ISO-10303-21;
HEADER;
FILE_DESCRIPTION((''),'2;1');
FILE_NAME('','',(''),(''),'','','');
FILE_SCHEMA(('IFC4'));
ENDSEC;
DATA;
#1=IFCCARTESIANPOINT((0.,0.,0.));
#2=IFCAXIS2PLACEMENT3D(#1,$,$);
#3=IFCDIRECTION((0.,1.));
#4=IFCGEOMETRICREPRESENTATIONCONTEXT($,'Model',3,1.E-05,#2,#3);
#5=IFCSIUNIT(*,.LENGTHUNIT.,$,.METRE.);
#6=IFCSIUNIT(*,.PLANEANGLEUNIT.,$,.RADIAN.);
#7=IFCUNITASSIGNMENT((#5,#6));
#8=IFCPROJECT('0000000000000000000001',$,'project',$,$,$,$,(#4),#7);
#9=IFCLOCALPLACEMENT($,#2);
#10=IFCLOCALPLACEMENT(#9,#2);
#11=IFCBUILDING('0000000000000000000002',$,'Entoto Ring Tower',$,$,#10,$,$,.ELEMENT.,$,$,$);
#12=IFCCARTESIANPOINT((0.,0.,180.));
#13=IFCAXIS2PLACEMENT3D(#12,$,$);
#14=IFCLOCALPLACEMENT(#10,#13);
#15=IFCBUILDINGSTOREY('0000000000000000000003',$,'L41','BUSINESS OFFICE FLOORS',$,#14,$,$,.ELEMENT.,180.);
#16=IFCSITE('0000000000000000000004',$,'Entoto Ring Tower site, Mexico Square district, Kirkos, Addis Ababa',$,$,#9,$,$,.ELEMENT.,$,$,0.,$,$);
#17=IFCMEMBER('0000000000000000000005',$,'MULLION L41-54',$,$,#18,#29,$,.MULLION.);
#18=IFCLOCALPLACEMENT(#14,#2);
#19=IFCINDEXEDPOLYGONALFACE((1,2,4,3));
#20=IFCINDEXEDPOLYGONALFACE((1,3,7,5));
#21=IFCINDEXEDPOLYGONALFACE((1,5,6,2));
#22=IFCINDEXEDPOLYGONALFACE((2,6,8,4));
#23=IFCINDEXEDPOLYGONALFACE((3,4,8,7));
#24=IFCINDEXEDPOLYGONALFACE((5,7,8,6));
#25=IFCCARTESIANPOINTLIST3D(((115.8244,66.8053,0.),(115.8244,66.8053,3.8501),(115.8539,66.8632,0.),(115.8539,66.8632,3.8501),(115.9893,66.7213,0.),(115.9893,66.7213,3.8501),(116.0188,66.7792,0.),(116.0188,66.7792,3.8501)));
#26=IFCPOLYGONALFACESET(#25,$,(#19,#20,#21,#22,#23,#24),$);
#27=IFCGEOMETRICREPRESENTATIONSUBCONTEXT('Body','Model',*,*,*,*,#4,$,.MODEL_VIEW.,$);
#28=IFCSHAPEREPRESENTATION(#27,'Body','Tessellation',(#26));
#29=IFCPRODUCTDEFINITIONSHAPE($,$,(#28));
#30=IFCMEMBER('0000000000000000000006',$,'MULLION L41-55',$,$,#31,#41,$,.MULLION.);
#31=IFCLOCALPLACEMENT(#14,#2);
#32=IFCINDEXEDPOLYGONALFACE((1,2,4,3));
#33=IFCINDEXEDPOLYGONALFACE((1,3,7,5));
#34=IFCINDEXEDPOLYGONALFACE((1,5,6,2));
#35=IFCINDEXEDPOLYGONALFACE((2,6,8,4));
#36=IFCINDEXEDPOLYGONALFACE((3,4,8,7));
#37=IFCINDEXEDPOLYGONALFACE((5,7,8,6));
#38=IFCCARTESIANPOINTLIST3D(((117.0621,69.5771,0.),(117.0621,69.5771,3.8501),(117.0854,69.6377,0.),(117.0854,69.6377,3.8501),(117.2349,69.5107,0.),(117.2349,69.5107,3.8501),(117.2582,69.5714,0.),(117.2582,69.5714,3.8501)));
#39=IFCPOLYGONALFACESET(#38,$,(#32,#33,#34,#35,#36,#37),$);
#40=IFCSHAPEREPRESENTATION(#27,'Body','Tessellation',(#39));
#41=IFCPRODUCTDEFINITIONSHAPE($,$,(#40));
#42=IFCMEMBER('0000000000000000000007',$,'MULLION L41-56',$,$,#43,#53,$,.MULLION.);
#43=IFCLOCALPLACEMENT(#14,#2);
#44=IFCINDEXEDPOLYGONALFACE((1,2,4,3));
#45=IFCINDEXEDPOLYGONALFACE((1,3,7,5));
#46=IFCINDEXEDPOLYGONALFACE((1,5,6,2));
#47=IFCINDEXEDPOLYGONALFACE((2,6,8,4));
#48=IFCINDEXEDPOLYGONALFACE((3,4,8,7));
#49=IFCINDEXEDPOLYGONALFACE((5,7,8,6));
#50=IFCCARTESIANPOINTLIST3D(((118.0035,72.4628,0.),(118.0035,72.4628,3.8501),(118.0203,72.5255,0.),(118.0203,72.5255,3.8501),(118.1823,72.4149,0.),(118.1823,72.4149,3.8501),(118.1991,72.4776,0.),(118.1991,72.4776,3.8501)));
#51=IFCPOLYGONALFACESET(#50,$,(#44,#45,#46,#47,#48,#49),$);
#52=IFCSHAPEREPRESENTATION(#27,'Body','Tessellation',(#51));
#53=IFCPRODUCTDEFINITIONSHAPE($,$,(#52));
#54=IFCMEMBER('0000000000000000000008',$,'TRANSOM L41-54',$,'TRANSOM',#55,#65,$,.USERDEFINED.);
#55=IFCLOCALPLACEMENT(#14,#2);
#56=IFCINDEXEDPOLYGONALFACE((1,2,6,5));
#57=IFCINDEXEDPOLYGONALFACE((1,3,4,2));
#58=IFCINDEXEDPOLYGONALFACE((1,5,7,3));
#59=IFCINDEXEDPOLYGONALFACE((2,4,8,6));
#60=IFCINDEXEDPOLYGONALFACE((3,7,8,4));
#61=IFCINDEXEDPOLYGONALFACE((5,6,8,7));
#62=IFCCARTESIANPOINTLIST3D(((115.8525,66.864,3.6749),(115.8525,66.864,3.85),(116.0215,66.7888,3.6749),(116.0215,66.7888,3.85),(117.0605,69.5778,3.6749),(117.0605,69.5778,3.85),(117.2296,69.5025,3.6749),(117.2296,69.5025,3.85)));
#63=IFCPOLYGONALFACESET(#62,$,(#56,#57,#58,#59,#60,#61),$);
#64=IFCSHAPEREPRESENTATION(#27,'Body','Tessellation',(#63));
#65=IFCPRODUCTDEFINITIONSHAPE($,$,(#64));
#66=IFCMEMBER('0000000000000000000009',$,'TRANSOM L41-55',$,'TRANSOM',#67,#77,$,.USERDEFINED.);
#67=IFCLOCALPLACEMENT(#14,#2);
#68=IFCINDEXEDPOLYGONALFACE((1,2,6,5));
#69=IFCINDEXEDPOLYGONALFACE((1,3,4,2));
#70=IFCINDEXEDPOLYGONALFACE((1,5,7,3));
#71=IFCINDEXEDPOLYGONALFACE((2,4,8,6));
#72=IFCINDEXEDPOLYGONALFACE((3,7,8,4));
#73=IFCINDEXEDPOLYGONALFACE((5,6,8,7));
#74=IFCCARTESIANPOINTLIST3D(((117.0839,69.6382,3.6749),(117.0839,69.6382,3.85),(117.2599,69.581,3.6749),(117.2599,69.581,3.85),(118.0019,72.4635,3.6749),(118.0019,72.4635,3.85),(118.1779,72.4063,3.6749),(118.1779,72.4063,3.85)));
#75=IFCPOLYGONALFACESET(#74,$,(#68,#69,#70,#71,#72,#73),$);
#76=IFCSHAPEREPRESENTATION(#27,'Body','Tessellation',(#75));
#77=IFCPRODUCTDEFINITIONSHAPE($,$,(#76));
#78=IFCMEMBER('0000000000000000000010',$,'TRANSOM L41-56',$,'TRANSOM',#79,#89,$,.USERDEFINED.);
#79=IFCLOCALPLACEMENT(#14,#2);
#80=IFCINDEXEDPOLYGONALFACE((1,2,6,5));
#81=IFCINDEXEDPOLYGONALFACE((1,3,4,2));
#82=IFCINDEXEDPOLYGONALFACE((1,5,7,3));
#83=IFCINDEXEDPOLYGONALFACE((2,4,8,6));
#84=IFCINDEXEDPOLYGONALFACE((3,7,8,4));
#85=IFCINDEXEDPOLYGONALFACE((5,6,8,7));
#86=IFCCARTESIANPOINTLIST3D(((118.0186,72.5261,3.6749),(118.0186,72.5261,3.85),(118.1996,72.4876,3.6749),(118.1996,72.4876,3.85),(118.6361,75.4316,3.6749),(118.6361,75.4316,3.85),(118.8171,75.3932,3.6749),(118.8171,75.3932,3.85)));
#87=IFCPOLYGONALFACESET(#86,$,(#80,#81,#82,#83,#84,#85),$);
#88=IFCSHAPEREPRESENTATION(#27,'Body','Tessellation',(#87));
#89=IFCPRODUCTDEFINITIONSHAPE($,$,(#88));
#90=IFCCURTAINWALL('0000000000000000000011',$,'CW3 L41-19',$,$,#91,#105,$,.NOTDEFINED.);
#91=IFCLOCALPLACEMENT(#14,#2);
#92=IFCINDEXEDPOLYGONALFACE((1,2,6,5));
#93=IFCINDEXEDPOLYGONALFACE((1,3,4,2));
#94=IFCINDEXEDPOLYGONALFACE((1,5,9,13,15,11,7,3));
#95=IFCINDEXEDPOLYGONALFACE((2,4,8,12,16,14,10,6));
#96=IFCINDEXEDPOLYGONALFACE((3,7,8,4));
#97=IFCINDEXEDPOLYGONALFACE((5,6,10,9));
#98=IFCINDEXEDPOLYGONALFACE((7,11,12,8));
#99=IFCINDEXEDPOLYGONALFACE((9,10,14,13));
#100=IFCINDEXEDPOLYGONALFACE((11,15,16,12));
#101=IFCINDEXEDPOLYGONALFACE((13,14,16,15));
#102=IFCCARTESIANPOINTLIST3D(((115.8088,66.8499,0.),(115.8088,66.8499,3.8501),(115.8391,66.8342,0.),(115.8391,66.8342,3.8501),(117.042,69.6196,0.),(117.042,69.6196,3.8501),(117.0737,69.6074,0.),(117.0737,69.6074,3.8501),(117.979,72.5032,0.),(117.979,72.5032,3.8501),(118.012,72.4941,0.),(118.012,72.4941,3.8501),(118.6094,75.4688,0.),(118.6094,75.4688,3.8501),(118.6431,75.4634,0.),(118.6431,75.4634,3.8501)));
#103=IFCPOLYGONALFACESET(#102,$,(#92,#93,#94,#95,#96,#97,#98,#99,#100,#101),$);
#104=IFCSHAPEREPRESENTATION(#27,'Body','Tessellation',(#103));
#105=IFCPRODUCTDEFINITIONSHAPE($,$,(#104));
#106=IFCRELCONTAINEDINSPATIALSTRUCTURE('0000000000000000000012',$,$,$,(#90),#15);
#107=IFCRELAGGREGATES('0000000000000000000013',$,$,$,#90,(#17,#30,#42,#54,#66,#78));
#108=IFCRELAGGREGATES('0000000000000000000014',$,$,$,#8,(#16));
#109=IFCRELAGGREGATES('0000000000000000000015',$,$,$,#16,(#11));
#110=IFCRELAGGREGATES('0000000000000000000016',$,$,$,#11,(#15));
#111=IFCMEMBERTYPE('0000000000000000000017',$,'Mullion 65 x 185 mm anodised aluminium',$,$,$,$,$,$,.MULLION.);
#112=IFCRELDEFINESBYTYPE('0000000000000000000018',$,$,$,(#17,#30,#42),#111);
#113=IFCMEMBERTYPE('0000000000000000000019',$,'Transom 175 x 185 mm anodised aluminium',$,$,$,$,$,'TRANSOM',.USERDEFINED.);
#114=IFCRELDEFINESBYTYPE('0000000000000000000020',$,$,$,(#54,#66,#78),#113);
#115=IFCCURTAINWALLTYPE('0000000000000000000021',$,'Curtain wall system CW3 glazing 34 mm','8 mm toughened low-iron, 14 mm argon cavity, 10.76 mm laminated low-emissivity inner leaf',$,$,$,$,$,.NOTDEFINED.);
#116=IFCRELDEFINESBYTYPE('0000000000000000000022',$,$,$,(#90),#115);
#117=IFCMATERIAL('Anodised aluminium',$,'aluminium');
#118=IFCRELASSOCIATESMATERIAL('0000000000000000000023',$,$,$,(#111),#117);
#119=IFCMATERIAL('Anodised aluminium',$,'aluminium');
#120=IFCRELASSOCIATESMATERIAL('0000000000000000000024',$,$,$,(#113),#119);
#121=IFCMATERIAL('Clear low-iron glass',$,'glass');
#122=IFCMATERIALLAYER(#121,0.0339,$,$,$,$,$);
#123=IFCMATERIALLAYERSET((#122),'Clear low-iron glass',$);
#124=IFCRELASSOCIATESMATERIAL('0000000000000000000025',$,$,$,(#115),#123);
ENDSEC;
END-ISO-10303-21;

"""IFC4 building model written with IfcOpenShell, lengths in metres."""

from ifc_helpers import new_model, si_unit, direction, frame, origin, origin_2d, place, context, subcontext, project, spatial, polyline, rectangle, outline, extrude, material, layer, layer_set, material_profile, profile_set, type_object, element, aggregate, save


model = new_model("IFC4")

# Units and contexts
model_context = context("Model", 3, precision=1e-05, world=origin(), true_north=direction((0.0, 1.0)))
body_context = subcontext(model_context, "Body", "Model", "MODEL_VIEW")
ifc_project = project(units=[si_unit("LENGTHUNIT", "METRE"), si_unit("PLANEANGLEUNIT", "RADIAN")], contexts=[model_context])

# Members
ifc_material_1 = material(Name="Anodised aluminium", Category="aluminium")
ifc_material_profile_1 = material_profile(ifc_material_1, rectangle(XDim=0.0649, YDim=0.1851, at=origin_2d()), Name="Mullion 65 x 185 mm anodised aluminium")
ifc_profile_set_1 = profile_set([ifc_material_profile_1], Name="Anodised aluminium")
member_type_1 = type_object("IfcMemberType", Name="Mullion 65 x 185 mm anodised aluminium", PredefinedType="MULLION", material=ifc_profile_set_1)
site_placement = place(None, origin())
building_placement = place(site_placement, origin())
storey_placement = place(building_placement, frame((0.0, 0.0, 180.0)))
member_1_placement = place(storey_placement, frame((115.9216, 66.7922, 0.0), z_axis=(0.0, 0.0, 1.0), x_axis=(0.45399, 0.891007, 0.0)))
member_1 = element("IfcMember", 1, at=member_1_placement, type_object=member_type_1, Name="MULLION L41-54", PredefinedType="MULLION", context=body_context, shape_type="SweptSolid", body=[
    extrude(rectangle(XDim=0.0649, YDim=0.1851, at=origin_2d()), origin(), (0.0, 0.0, 1.0), 3.8501),
])
member_2_placement = place(storey_placement, frame((117.1602, 69.5742, 0.0), z_axis=(0.0, 0.0, 1.0), x_axis=(0.358368, 0.93358, 0.0)))
member_2 = element("IfcMember", 2, at=member_2_placement, type_object=member_type_1, Name="MULLION L41-55", PredefinedType="MULLION", context=body_context, shape_type="SweptSolid", body=[
    extrude(rectangle(XDim=0.0649, YDim=0.1851, at=origin_2d()), origin(), (0.0, 0.0, 1.0), 3.8501),
])
member_3_placement = place(storey_placement, frame((118.1013, 72.4702, 0.0), z_axis=(0.0, 0.0, 1.0), x_axis=(0.258819, 0.965926, 0.0)))
member_3 = element("IfcMember", 3, at=member_3_placement, type_object=member_type_1, Name="MULLION L41-56", PredefinedType="MULLION", context=body_context, shape_type="SweptSolid", body=[
    extrude(rectangle(XDim=0.0649, YDim=0.1851, at=origin_2d()), origin(), (0.0, 0.0, 1.0), 3.8501),
])
ifc_material_2 = material(Name="Anodised aluminium", Category="aluminium")
ifc_material_profile_2 = material_profile(ifc_material_2, rectangle(XDim=0.1851, YDim=0.175, at=origin_2d()), Name="Transom 175 x 185 mm anodised aluminium")
ifc_profile_set_2 = profile_set([ifc_material_profile_2], Name="Anodised aluminium")
member_type_2 = type_object("IfcMemberType", Name="Transom 175 x 185 mm anodised aluminium", ElementType="TRANSOM", PredefinedType="USERDEFINED", material=ifc_profile_set_2)
member_4_placement = place(storey_placement, frame((115.937, 66.8264, 3.7625), z_axis=(0.406687, 0.913567, 0.0), x_axis=(-0.913567, 0.406687, 0.0)))
member_4 = element("IfcMember", 4, at=member_4_placement, type_object=member_type_2, Name="TRANSOM L41-54", ObjectType="TRANSOM", PredefinedType="USERDEFINED", context=body_context, shape_type="SweptSolid", body=[
    extrude(rectangle(XDim=0.1851, YDim=0.175, at=origin_2d()), origin(), (0.0, 0.0, 1.0), 2.9705),
])
member_5_placement = place(storey_placement, frame((117.1719, 69.6096, 3.7625), z_axis=(0.309019, 0.951056, 0.0), x_axis=(-0.951056, 0.309019, 0.0)))
member_5 = element("IfcMember", 5, at=member_5_placement, type_object=member_type_2, Name="TRANSOM L41-55", ObjectType="TRANSOM", PredefinedType="USERDEFINED", context=body_context, shape_type="SweptSolid", body=[
    extrude(rectangle(XDim=0.1851, YDim=0.175, at=origin_2d()), origin(), (0.0, 0.0, 1.0), 2.9707),
])
member_6_placement = place(storey_placement, frame((118.1091, 72.5068, 3.7625), z_axis=(0.207862, 0.978158, 0.0), x_axis=(-0.978158, 0.207862, 0.0)))
member_6 = element("IfcMember", 6, at=member_6_placement, type_object=member_type_2, Name="TRANSOM L41-56", ObjectType="TRANSOM", PredefinedType="USERDEFINED", context=body_context, shape_type="SweptSolid", body=[
    extrude(rectangle(XDim=0.1851, YDim=0.175, at=origin_2d()), origin(), (0.0, 0.0, 1.0), 2.9705),
])

# Site, building, storey
site = spatial("IfcSite", under=ifc_project, at=site_placement, Name="Entoto Ring Tower site, Mexico Square district, Kirkos, Addis Ababa", CompositionType="ELEMENT", RefElevation=0.0)
building = spatial("IfcBuilding", under=site, at=building_placement, Name="Entoto Ring Tower", CompositionType="ELEMENT")
storey = spatial("IfcBuildingStorey", under=building, at=storey_placement, Name="L41", Description="BUSINESS OFFICE FLOORS", CompositionType="ELEMENT", Elevation=180.0)

# Curtain wall
ifc_material_3 = material(Name="Clear low-iron glass", Category="glass")
ifc_layer_1 = layer(ifc_material_3, 0.0339)
ifc_layer_set_1 = layer_set([ifc_layer_1], Name="Clear low-iron glass")
curtain_wall_type = type_object("IfcCurtainWallType", Name="Curtain wall system CW3 glazing 34 mm", Description="8 mm toughened low-iron, 14 mm argon cavity, 10.76 mm laminated low-emissivity inner leaf", PredefinedType="NOTDEFINED", material=ifc_layer_set_1)
curtain_wall_1_placement = place(storey_placement, origin())
curtain_wall_1 = element("IfcCurtainWall", 7, at=curtain_wall_1_placement, inside=storey, type_object=curtain_wall_type, Name="CW3 L41-19", PredefinedType="NOTDEFINED", context=body_context, shape_type="SweptSolid", body=[
    extrude(outline(polyline([(115.8391, 66.8342), (117.0737, 69.6074), (118.012, 72.4941), (118.6431, 75.4634), (118.6094, 75.4688), (117.979, 72.5032), (117.042, 69.6196), (115.8088, 66.8499), (115.8391, 66.8342)])), origin(), (0.0, 0.0, 1.0), 3.8501),
])
aggregate(curtain_wall_1, [member_1, member_2, member_3, member_4, member_5, member_6])

save(model, "model.ifc")
